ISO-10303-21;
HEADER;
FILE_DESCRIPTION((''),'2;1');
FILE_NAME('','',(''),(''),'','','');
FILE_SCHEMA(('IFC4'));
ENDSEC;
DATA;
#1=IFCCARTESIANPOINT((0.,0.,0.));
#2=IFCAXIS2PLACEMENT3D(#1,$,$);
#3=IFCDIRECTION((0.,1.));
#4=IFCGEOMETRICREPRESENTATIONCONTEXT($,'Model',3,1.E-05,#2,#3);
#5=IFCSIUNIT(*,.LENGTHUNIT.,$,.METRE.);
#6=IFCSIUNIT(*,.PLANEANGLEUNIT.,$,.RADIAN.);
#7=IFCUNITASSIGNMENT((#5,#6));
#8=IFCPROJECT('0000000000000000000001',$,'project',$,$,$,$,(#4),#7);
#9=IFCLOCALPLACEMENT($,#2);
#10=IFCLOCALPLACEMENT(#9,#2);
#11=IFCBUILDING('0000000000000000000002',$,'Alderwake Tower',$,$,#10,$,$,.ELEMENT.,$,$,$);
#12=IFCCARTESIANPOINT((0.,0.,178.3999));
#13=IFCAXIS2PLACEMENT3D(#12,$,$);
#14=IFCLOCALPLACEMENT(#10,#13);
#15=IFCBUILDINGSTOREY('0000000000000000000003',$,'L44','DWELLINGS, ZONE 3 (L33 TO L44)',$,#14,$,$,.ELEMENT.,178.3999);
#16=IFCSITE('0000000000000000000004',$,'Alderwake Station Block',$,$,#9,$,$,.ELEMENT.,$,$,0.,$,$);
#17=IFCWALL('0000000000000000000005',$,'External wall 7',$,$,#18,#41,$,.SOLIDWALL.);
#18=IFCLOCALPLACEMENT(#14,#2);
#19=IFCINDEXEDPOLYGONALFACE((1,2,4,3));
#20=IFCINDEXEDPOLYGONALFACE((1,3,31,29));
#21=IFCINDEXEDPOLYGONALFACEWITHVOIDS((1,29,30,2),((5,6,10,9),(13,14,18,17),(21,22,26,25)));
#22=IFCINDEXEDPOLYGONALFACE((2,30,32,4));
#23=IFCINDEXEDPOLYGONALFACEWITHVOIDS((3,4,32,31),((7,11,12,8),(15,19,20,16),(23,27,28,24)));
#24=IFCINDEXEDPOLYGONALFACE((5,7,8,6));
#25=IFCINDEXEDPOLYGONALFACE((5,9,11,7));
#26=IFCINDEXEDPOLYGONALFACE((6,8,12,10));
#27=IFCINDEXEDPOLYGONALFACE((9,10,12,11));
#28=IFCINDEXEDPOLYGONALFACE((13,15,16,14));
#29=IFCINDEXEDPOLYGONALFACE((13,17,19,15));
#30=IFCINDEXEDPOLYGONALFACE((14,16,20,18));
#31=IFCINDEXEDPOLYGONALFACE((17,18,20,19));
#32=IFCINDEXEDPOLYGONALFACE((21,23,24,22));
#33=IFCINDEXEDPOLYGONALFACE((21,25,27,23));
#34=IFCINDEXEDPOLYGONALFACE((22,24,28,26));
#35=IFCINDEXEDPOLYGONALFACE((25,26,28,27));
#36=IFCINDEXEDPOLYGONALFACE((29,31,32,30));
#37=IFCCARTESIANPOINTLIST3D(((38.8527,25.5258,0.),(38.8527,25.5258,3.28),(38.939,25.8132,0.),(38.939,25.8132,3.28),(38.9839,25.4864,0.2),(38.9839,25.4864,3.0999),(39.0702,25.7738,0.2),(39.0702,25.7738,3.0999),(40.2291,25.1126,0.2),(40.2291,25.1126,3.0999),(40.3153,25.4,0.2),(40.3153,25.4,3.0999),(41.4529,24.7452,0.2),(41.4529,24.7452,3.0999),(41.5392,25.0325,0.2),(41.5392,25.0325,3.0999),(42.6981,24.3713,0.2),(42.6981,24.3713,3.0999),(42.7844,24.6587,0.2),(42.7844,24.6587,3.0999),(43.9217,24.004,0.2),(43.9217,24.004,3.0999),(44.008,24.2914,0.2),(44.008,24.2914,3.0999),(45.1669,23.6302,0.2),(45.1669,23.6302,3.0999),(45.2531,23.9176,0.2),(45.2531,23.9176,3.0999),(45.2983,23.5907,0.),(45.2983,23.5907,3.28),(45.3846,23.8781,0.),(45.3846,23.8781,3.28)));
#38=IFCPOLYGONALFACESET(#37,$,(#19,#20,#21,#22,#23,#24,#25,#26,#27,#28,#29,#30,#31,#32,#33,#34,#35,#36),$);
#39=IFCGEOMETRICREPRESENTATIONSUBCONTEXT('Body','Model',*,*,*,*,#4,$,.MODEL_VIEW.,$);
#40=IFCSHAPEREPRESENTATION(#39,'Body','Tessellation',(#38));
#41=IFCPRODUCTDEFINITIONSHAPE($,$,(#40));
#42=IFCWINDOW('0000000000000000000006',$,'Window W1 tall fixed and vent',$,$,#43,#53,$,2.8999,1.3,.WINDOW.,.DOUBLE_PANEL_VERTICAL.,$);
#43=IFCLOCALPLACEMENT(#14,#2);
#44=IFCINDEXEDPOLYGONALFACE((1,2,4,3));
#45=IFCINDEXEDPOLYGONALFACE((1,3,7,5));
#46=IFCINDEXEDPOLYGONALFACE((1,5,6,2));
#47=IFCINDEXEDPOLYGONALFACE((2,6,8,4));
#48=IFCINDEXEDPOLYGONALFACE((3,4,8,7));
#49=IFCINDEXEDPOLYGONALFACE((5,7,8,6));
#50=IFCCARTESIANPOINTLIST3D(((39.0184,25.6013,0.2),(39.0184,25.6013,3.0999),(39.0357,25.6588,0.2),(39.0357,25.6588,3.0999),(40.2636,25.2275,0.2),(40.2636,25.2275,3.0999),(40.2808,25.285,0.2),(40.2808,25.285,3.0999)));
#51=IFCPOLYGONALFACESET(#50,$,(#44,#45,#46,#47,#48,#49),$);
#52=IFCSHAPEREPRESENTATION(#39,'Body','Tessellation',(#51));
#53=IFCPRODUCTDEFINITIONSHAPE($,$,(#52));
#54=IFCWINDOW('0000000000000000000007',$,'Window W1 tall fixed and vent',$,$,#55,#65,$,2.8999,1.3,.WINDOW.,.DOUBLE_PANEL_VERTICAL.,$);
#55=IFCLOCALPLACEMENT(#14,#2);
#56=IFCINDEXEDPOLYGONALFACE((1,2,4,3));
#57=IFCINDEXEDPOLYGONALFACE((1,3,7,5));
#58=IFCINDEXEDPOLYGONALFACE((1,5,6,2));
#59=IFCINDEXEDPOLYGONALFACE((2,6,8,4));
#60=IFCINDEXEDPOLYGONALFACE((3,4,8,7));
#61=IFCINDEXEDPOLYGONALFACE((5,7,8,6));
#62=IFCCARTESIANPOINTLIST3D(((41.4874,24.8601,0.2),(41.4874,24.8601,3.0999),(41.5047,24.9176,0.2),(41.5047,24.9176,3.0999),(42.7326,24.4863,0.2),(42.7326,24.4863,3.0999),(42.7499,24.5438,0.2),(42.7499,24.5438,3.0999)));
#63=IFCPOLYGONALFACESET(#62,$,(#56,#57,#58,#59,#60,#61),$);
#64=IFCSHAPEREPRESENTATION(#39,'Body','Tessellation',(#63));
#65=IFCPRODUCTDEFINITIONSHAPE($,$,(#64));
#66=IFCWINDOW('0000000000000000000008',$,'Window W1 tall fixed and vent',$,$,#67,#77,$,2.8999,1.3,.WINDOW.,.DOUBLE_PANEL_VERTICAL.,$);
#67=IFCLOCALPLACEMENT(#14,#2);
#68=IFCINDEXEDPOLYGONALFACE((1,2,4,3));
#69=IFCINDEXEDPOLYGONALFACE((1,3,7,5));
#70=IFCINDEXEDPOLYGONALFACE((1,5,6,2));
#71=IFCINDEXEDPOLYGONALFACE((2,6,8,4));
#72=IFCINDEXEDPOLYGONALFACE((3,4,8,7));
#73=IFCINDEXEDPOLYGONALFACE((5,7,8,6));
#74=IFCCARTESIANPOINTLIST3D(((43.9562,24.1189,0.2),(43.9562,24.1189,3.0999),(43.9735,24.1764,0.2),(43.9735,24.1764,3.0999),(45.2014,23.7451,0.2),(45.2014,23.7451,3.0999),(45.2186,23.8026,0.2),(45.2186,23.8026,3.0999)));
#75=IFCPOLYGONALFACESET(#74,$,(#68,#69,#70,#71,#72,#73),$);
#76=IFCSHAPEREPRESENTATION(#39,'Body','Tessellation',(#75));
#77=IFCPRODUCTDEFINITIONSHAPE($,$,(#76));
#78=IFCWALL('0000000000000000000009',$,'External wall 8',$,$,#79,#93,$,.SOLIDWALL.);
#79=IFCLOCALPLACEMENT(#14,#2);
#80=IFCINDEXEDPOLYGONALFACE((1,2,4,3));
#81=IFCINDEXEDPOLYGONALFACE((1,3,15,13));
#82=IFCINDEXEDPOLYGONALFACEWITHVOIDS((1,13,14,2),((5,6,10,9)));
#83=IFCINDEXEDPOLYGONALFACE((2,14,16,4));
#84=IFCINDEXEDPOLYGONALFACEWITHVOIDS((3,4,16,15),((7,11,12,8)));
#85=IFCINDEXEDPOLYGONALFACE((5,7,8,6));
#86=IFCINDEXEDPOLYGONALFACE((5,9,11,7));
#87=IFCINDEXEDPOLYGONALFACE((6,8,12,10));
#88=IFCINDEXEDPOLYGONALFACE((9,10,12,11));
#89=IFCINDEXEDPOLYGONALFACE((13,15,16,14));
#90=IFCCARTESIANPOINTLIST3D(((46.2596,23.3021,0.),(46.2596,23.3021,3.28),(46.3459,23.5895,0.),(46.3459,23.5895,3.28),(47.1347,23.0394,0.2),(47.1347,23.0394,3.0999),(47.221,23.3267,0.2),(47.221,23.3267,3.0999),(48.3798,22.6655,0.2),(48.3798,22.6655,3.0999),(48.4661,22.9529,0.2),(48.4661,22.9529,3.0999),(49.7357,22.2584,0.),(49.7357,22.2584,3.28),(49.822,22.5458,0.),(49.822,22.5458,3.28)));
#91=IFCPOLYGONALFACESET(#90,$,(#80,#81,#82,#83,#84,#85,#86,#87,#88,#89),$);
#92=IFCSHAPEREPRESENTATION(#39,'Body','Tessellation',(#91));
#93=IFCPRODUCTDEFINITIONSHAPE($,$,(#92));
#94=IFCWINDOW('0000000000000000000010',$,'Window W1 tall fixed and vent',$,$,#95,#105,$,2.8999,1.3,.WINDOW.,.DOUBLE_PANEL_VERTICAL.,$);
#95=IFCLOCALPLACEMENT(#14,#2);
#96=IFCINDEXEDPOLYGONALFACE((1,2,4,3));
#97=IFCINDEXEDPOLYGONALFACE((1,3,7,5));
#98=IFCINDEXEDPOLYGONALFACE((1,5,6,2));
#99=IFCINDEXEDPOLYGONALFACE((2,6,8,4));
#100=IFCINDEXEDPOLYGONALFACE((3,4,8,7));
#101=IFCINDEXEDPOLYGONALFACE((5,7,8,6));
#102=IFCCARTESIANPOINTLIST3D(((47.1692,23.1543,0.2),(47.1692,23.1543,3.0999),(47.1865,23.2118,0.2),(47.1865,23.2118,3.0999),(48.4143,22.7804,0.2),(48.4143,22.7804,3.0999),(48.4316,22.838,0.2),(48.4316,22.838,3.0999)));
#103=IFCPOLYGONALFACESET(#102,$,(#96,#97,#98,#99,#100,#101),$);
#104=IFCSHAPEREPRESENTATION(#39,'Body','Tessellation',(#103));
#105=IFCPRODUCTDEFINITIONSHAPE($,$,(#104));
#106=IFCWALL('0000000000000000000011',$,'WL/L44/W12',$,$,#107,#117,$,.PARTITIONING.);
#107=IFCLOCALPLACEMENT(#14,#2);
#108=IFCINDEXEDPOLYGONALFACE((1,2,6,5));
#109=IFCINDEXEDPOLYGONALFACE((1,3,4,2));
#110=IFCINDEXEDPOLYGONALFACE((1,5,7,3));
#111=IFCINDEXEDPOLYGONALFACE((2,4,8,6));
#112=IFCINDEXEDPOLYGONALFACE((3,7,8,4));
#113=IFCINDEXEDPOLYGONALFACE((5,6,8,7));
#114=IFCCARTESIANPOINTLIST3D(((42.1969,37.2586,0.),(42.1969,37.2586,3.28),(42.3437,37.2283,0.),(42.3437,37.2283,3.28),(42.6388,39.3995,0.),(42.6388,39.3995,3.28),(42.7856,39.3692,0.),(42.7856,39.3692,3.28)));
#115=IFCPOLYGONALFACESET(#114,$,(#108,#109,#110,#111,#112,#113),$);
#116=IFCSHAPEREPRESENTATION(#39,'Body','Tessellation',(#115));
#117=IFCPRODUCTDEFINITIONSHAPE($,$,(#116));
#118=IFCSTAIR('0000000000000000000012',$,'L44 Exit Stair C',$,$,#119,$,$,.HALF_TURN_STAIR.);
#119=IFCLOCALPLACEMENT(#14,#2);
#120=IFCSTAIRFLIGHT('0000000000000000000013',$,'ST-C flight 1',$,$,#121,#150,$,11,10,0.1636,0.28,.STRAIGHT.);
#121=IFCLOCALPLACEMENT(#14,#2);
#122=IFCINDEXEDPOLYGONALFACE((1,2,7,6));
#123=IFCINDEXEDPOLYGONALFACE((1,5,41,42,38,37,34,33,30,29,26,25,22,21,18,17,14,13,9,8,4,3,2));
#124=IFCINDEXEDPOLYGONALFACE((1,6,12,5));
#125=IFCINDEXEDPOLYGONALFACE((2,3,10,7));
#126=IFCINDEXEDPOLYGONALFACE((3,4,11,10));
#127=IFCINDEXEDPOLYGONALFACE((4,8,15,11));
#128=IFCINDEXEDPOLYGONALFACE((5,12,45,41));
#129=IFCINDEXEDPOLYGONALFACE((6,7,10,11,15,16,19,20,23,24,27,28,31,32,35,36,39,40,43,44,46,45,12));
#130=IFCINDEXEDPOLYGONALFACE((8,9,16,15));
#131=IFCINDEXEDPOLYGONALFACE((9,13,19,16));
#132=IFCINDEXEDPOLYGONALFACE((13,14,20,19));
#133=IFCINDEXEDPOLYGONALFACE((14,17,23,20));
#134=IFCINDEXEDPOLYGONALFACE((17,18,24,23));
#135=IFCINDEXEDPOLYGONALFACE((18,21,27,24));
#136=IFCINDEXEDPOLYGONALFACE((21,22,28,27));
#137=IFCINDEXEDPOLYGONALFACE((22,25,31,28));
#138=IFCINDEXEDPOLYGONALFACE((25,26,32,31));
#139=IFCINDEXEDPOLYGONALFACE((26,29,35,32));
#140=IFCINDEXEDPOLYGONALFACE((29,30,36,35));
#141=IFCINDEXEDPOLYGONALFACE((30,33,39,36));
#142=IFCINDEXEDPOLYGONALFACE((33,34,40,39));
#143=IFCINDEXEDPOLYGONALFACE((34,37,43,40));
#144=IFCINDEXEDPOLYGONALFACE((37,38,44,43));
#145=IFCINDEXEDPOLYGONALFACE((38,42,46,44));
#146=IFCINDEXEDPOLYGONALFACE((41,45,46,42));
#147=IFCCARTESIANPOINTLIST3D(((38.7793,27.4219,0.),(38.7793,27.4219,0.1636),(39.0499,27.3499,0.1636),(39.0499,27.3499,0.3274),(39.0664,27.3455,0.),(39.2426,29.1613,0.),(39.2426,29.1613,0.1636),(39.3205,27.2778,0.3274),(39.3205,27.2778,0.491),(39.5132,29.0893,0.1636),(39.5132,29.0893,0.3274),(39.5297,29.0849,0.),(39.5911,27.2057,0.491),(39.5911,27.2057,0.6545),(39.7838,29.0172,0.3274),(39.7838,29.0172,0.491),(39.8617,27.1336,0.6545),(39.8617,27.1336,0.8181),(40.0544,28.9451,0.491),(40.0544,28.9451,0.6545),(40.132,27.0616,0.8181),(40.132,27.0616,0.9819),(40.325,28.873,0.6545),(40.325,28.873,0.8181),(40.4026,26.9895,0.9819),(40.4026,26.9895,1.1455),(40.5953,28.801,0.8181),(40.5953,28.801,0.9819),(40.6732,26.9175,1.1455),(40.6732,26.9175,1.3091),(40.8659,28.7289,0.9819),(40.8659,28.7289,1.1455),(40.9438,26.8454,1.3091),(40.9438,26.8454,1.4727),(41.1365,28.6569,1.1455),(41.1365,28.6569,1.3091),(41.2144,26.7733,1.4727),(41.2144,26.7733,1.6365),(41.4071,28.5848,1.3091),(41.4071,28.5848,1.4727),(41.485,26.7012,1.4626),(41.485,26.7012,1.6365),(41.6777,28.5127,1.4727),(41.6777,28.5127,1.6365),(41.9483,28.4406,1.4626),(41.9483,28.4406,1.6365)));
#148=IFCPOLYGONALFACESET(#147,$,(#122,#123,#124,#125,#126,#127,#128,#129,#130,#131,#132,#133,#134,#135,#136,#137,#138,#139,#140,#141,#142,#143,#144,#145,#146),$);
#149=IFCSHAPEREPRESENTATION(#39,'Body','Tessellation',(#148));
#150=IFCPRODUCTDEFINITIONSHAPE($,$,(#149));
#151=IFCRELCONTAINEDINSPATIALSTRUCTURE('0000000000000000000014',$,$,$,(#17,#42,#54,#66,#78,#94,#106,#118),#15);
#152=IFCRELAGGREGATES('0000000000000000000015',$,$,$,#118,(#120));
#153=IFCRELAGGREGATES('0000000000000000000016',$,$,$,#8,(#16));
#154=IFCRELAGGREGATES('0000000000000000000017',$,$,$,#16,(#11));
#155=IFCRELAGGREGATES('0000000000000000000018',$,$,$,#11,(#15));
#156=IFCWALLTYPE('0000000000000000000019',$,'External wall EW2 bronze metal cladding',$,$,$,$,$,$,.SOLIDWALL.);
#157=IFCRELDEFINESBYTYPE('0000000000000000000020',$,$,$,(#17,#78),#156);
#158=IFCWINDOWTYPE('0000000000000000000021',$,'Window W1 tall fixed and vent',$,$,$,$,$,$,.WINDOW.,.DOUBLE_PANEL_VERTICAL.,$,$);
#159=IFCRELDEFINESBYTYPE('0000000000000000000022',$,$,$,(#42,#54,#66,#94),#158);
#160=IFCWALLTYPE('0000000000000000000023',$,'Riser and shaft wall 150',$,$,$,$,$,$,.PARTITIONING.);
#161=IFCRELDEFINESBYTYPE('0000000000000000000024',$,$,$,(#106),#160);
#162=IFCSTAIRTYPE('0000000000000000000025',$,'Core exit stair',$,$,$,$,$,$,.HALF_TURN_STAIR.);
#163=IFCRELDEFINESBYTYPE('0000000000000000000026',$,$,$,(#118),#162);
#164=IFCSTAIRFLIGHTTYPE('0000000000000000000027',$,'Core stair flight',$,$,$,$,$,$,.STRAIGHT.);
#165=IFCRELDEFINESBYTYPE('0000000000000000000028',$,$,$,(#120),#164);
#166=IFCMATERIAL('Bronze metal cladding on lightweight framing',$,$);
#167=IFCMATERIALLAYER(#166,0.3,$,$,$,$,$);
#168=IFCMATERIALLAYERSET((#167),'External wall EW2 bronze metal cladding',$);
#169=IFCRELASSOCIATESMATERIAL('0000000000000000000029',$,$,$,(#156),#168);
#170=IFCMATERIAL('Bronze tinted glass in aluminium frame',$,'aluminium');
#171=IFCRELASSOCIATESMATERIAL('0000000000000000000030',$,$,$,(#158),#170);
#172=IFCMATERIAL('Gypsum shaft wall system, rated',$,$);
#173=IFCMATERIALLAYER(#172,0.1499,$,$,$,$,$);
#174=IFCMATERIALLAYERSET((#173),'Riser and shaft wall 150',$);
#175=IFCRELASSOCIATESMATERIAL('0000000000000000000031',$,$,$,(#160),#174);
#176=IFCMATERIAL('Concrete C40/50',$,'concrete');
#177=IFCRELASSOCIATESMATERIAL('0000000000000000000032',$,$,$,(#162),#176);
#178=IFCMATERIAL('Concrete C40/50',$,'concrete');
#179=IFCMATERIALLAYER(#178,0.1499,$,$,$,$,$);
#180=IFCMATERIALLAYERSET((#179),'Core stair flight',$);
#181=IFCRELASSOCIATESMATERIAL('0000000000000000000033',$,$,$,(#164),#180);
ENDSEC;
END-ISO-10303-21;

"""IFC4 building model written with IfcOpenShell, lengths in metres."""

from ifc_helpers import new_model, si_unit, direction, frame, frame_2d, origin, place, context, subcontext, project, spatial, polyline, rectangle, outline, extrude, material, layer, layer_set, type_object, element, fill, aggregate, save


model = new_model("IFC4")

# Units and contexts
model_context = context("Model", 3, precision=1e-05, world=origin(), true_north=direction((0.0, 1.0)))
body_context = subcontext(model_context, "Body", "Model", "MODEL_VIEW")
ifc_project = project(units=[si_unit("LENGTHUNIT", "METRE"), si_unit("PLANEANGLEUNIT", "RADIAN")], contexts=[model_context])

# Site, building, storey
site_placement = place(None, origin())
site = spatial("IfcSite", under=ifc_project, at=site_placement, Name="Alderwake Station Block", CompositionType="ELEMENT", RefElevation=0.0)
building_placement = place(site_placement, origin())
building = spatial("IfcBuilding", under=site, at=building_placement, Name="Alderwake Tower", CompositionType="ELEMENT")
storey_placement = place(building_placement, frame((0.0, 0.0, 178.3999)))
storey = spatial("IfcBuildingStorey", under=building, at=storey_placement, Name="L44", Description="DWELLINGS, ZONE 3 (L33 TO L44)", CompositionType="ELEMENT", Elevation=178.3999)

# Wall, openings, windows
ifc_material_1 = material(Name="Bronze metal cladding on lightweight framing")
ifc_layer_1 = layer(ifc_material_1, 0.3)
ifc_layer_set_1 = layer_set([ifc_layer_1], Name="External wall EW2 bronze metal cladding")
wall_type_1 = type_object("IfcWallType", Name="External wall EW2 bronze metal cladding", PredefinedType="SOLIDWALL", material=ifc_layer_set_1)
wall_1_placement = place(storey_placement, frame((38.896, 25.6694, 0.0), z_axis=(0.0, 0.0, 1.0), x_axis=(0.957769, -0.287538, 0.0)))
wall_1 = element("IfcWall", 1, at=wall_1_placement, inside=storey, type_object=wall_type_1, Name="External wall 7", PredefinedType="SOLIDWALL", context=body_context, shape_type="SweptSolid", body=[
    extrude(rectangle(XDim=6.7297, YDim=0.3, at=frame_2d((3.3647, 0.0))), origin(), (0.0, 0.0, 1.0), 3.28),
])
opening_1_placement = place(wall_1_placement, frame((0.137, 0.0, 0.2)))
opening_1 = element("IfcOpeningElement", 2, at=opening_1_placement, cuts=wall_1, PredefinedType="OPENING", context=body_context, shape_type="SweptSolid", body=[
    extrude(rectangle(XDim=1.3, YDim=2.8999, at=frame_2d((0.6499, 1.45))), frame((0.0, 0.1599, 0.0), z_axis=(0.0, -1.0, 0.0), x_axis=(1.0, 0.0, 0.0)), (0.0, 0.0, 1.0), 0.3201),
])
opening_2_placement = place(wall_1_placement, frame((2.7148, 0.0, 0.2)))
opening_2 = element("IfcOpeningElement", 3, at=opening_2_placement, cuts=wall_1, PredefinedType="OPENING", context=body_context, shape_type="SweptSolid", body=[
    extrude(rectangle(XDim=1.3, YDim=2.8999, at=frame_2d((0.6499, 1.45))), frame((0.0, 0.1599, 0.0), z_axis=(0.0, -1.0, 0.0), x_axis=(1.0, 0.0, 0.0)), (0.0, 0.0, 1.0), 0.3201),
])
opening_3_placement = place(wall_1_placement, frame((5.2925, 0.0, 0.2)))
opening_3 = element("IfcOpeningElement", 4, at=opening_3_placement, cuts=wall_1, PredefinedType="OPENING", context=body_context, shape_type="SweptSolid", body=[
    extrude(rectangle(XDim=1.3, YDim=2.8999, at=frame_2d((0.6499, 1.45))), frame((0.0, 0.1599, 0.0), z_axis=(0.0, -1.0, 0.0), x_axis=(1.0, 0.0, 0.0)), (0.0, 0.0, 1.0), 0.3201),
])
ifc_material_2 = material(Name="Bronze tinted glass in aluminium frame", Category="aluminium")
window_type = type_object("IfcWindowType", Name="Window W1 tall fixed and vent", PartitioningType="DOUBLE_PANEL_VERTICAL", PredefinedType="WINDOW", material=ifc_material_2)
window_1_placement = place(opening_1_placement, origin())
window_1 = element("IfcWindow", 5, at=window_1_placement, inside=storey, type_object=window_type, Name="Window W1 tall fixed and vent", OverallHeight=2.8999, OverallWidth=1.3, PartitioningType="DOUBLE_PANEL_VERTICAL", PredefinedType="WINDOW", context=body_context, shape_type="SweptSolid", body=[
    extrude(rectangle(XDim=1.3, YDim=2.8999, at=frame_2d((0.6499, 1.45))), frame((0.0, 0.03, 0.0), z_axis=(0.0, -1.0, 0.0), x_axis=(1.0, 0.0, 0.0)), (0.0, 0.0, 1.0), 0.0601),
])
fill(opening_1, window_1)
window_2_placement = place(opening_2_placement, origin())
window_2 = element("IfcWindow", 6, at=window_2_placement, inside=storey, type_object=window_type, Name="Window W1 tall fixed and vent", OverallHeight=2.8999, OverallWidth=1.3, PartitioningType="DOUBLE_PANEL_VERTICAL", PredefinedType="WINDOW", context=body_context, shape_type="SweptSolid", body=[
    extrude(rectangle(XDim=1.3, YDim=2.8999, at=frame_2d((0.6499, 1.45))), frame((0.0, 0.03, 0.0), z_axis=(0.0, -1.0, 0.0), x_axis=(1.0, 0.0, 0.0)), (0.0, 0.0, 1.0), 0.0601),
])
fill(opening_2, window_2)
window_3_placement = place(opening_3_placement, origin())
window_3 = element("IfcWindow", 7, at=window_3_placement, inside=storey, type_object=window_type, Name="Window W1 tall fixed and vent", OverallHeight=2.8999, OverallWidth=1.3, PartitioningType="DOUBLE_PANEL_VERTICAL", PredefinedType="WINDOW", context=body_context, shape_type="SweptSolid", body=[
    extrude(rectangle(XDim=1.3, YDim=2.8999, at=frame_2d((0.6499, 1.45))), frame((0.0, 0.03, 0.0), z_axis=(0.0, -1.0, 0.0), x_axis=(1.0, 0.0, 0.0)), (0.0, 0.0, 1.0), 0.0601),
])
fill(opening_3, window_3)

# Wall, opening, window
wall_2_placement = place(storey_placement, frame((46.3027, 23.4458, 0.0), z_axis=(0.0, 0.0, 1.0), x_axis=(0.95776, -0.28757, 0.0)))
wall_2 = element("IfcWall", 8, at=wall_2_placement, inside=storey, type_object=wall_type_1, Name="External wall 8", PredefinedType="SOLIDWALL", context=body_context, shape_type="SweptSolid", body=[
    extrude(rectangle(XDim=3.6294, YDim=0.3, at=frame_2d((1.8147, 0.0))), origin(), (0.0, 0.0, 1.0), 3.28),
])
opening_4_placement = place(wall_2_placement, frame((0.9138, 0.0, 0.2)))
opening_4 = element("IfcOpeningElement", 9, at=opening_4_placement, cuts=wall_2, PredefinedType="OPENING", context=body_context, shape_type="SweptSolid", body=[
    extrude(rectangle(XDim=1.3, YDim=2.8999, at=frame_2d((0.6499, 1.45))), frame((0.0, 0.1599, 0.0), z_axis=(0.0, -1.0, 0.0), x_axis=(1.0, 0.0, 0.0)), (0.0, 0.0, 1.0), 0.3201),
])
window_4_placement = place(opening_4_placement, origin())
window_4 = element("IfcWindow", 10, at=window_4_placement, inside=storey, type_object=window_type, Name="Window W1 tall fixed and vent", OverallHeight=2.8999, OverallWidth=1.3, PartitioningType="DOUBLE_PANEL_VERTICAL", PredefinedType="WINDOW", context=body_context, shape_type="SweptSolid", body=[
    extrude(rectangle(XDim=1.3, YDim=2.8999, at=frame_2d((0.6499, 1.45))), frame((0.0, 0.03, 0.0), z_axis=(0.0, -1.0, 0.0), x_axis=(1.0, 0.0, 0.0)), (0.0, 0.0, 1.0), 0.0601),
])
fill(opening_4, window_4)

# Wall
ifc_material_3 = material(Name="Gypsum shaft wall system, rated")
ifc_layer_2 = layer(ifc_material_3, 0.1499)
ifc_layer_set_2 = layer_set([ifc_layer_2], Name="Riser and shaft wall 150")
wall_type_2 = type_object("IfcWallType", Name="Riser and shaft wall 150", PredefinedType="PARTITIONING", material=ifc_layer_set_2)
wall_3_placement = place(storey_placement, frame((42.2703, 37.2434, 0.0), z_axis=(0.0, 0.0, 1.0), x_axis=(0.202148, 0.979355, 0.0)))
element("IfcWall", 11, at=wall_3_placement, inside=storey, type_object=wall_type_2, Name="WL/L44/W12", PredefinedType="PARTITIONING", context=body_context, shape_type="SweptSolid", body=[
    extrude(rectangle(XDim=2.186, YDim=0.1499, at=frame_2d((1.093, 0.0))), origin(), (0.0, 0.0, 1.0), 3.28),
])

# Stair, stair flight
ifc_material_4 = material(Name="Concrete C40/50", Category="concrete")
stair_type = type_object("IfcStairType", Name="Core exit stair", PredefinedType="HALF_TURN_STAIR", material=ifc_material_4)
stair_placement = place(storey_placement, origin())
stair = element("IfcStair", 12, at=stair_placement, inside=storey, type_object=stair_type, Name="L44 Exit Stair C", PredefinedType="HALF_TURN_STAIR")
ifc_material_5 = material(Name="Concrete C40/50", Category="concrete")
ifc_layer_3 = layer(ifc_material_5, 0.1499)
ifc_layer_set_3 = layer_set([ifc_layer_3], Name="Core stair flight")
stair_flight_type = type_object("IfcStairFlightType", Name="Core stair flight", PredefinedType="STRAIGHT", material=ifc_layer_set_3)
stair_flight_1_placement = place(storey_placement, frame((39.011, 28.2917, 0.0), z_axis=(0.0, 0.0, 1.0), x_axis=(0.96631, -0.257382, 0.0)))
stair_flight_1 = element("IfcStairFlight", 13, at=stair_flight_1_placement, type_object=stair_flight_type, Name="ST-C flight 1", NumberOfRisers=11, NumberOfTreads=10, PredefinedType="STRAIGHT", RiserHeight=0.1636, TreadLength=0.28, context=body_context, shape_type="SweptSolid", body=[
    extrude(outline(polyline([(0.0, 0.0), (0.0, 0.1636), (0.28, 0.1636), (0.28, 0.3274), (0.5601, 0.3274), (0.5601, 0.491), (0.8401, 0.491), (0.8401, 0.6545), (1.1201, 0.6545), (1.1201, 0.8181), (1.3999, 0.8181), (1.3999, 0.9819), (1.6799, 0.9819), (1.6799, 1.1455), (1.96, 1.1455), (1.96, 1.3091), (2.24, 1.3091), (2.24, 1.4727), (2.52, 1.4727), (2.52, 1.6365), (2.8, 1.6365), (2.8, 1.8), (2.8, 1.4626), (0.2971, 0.0), (0.0, 0.0)])), frame((0.0, 0.8999, 0.0), z_axis=(0.0, -1.0, 0.0), x_axis=(1.0, 0.0, 0.0)), (0.0, 0.0, 1.0), 1.8),
])
aggregate(stair, [stair_flight_1])

save(model, "model.ifc")
